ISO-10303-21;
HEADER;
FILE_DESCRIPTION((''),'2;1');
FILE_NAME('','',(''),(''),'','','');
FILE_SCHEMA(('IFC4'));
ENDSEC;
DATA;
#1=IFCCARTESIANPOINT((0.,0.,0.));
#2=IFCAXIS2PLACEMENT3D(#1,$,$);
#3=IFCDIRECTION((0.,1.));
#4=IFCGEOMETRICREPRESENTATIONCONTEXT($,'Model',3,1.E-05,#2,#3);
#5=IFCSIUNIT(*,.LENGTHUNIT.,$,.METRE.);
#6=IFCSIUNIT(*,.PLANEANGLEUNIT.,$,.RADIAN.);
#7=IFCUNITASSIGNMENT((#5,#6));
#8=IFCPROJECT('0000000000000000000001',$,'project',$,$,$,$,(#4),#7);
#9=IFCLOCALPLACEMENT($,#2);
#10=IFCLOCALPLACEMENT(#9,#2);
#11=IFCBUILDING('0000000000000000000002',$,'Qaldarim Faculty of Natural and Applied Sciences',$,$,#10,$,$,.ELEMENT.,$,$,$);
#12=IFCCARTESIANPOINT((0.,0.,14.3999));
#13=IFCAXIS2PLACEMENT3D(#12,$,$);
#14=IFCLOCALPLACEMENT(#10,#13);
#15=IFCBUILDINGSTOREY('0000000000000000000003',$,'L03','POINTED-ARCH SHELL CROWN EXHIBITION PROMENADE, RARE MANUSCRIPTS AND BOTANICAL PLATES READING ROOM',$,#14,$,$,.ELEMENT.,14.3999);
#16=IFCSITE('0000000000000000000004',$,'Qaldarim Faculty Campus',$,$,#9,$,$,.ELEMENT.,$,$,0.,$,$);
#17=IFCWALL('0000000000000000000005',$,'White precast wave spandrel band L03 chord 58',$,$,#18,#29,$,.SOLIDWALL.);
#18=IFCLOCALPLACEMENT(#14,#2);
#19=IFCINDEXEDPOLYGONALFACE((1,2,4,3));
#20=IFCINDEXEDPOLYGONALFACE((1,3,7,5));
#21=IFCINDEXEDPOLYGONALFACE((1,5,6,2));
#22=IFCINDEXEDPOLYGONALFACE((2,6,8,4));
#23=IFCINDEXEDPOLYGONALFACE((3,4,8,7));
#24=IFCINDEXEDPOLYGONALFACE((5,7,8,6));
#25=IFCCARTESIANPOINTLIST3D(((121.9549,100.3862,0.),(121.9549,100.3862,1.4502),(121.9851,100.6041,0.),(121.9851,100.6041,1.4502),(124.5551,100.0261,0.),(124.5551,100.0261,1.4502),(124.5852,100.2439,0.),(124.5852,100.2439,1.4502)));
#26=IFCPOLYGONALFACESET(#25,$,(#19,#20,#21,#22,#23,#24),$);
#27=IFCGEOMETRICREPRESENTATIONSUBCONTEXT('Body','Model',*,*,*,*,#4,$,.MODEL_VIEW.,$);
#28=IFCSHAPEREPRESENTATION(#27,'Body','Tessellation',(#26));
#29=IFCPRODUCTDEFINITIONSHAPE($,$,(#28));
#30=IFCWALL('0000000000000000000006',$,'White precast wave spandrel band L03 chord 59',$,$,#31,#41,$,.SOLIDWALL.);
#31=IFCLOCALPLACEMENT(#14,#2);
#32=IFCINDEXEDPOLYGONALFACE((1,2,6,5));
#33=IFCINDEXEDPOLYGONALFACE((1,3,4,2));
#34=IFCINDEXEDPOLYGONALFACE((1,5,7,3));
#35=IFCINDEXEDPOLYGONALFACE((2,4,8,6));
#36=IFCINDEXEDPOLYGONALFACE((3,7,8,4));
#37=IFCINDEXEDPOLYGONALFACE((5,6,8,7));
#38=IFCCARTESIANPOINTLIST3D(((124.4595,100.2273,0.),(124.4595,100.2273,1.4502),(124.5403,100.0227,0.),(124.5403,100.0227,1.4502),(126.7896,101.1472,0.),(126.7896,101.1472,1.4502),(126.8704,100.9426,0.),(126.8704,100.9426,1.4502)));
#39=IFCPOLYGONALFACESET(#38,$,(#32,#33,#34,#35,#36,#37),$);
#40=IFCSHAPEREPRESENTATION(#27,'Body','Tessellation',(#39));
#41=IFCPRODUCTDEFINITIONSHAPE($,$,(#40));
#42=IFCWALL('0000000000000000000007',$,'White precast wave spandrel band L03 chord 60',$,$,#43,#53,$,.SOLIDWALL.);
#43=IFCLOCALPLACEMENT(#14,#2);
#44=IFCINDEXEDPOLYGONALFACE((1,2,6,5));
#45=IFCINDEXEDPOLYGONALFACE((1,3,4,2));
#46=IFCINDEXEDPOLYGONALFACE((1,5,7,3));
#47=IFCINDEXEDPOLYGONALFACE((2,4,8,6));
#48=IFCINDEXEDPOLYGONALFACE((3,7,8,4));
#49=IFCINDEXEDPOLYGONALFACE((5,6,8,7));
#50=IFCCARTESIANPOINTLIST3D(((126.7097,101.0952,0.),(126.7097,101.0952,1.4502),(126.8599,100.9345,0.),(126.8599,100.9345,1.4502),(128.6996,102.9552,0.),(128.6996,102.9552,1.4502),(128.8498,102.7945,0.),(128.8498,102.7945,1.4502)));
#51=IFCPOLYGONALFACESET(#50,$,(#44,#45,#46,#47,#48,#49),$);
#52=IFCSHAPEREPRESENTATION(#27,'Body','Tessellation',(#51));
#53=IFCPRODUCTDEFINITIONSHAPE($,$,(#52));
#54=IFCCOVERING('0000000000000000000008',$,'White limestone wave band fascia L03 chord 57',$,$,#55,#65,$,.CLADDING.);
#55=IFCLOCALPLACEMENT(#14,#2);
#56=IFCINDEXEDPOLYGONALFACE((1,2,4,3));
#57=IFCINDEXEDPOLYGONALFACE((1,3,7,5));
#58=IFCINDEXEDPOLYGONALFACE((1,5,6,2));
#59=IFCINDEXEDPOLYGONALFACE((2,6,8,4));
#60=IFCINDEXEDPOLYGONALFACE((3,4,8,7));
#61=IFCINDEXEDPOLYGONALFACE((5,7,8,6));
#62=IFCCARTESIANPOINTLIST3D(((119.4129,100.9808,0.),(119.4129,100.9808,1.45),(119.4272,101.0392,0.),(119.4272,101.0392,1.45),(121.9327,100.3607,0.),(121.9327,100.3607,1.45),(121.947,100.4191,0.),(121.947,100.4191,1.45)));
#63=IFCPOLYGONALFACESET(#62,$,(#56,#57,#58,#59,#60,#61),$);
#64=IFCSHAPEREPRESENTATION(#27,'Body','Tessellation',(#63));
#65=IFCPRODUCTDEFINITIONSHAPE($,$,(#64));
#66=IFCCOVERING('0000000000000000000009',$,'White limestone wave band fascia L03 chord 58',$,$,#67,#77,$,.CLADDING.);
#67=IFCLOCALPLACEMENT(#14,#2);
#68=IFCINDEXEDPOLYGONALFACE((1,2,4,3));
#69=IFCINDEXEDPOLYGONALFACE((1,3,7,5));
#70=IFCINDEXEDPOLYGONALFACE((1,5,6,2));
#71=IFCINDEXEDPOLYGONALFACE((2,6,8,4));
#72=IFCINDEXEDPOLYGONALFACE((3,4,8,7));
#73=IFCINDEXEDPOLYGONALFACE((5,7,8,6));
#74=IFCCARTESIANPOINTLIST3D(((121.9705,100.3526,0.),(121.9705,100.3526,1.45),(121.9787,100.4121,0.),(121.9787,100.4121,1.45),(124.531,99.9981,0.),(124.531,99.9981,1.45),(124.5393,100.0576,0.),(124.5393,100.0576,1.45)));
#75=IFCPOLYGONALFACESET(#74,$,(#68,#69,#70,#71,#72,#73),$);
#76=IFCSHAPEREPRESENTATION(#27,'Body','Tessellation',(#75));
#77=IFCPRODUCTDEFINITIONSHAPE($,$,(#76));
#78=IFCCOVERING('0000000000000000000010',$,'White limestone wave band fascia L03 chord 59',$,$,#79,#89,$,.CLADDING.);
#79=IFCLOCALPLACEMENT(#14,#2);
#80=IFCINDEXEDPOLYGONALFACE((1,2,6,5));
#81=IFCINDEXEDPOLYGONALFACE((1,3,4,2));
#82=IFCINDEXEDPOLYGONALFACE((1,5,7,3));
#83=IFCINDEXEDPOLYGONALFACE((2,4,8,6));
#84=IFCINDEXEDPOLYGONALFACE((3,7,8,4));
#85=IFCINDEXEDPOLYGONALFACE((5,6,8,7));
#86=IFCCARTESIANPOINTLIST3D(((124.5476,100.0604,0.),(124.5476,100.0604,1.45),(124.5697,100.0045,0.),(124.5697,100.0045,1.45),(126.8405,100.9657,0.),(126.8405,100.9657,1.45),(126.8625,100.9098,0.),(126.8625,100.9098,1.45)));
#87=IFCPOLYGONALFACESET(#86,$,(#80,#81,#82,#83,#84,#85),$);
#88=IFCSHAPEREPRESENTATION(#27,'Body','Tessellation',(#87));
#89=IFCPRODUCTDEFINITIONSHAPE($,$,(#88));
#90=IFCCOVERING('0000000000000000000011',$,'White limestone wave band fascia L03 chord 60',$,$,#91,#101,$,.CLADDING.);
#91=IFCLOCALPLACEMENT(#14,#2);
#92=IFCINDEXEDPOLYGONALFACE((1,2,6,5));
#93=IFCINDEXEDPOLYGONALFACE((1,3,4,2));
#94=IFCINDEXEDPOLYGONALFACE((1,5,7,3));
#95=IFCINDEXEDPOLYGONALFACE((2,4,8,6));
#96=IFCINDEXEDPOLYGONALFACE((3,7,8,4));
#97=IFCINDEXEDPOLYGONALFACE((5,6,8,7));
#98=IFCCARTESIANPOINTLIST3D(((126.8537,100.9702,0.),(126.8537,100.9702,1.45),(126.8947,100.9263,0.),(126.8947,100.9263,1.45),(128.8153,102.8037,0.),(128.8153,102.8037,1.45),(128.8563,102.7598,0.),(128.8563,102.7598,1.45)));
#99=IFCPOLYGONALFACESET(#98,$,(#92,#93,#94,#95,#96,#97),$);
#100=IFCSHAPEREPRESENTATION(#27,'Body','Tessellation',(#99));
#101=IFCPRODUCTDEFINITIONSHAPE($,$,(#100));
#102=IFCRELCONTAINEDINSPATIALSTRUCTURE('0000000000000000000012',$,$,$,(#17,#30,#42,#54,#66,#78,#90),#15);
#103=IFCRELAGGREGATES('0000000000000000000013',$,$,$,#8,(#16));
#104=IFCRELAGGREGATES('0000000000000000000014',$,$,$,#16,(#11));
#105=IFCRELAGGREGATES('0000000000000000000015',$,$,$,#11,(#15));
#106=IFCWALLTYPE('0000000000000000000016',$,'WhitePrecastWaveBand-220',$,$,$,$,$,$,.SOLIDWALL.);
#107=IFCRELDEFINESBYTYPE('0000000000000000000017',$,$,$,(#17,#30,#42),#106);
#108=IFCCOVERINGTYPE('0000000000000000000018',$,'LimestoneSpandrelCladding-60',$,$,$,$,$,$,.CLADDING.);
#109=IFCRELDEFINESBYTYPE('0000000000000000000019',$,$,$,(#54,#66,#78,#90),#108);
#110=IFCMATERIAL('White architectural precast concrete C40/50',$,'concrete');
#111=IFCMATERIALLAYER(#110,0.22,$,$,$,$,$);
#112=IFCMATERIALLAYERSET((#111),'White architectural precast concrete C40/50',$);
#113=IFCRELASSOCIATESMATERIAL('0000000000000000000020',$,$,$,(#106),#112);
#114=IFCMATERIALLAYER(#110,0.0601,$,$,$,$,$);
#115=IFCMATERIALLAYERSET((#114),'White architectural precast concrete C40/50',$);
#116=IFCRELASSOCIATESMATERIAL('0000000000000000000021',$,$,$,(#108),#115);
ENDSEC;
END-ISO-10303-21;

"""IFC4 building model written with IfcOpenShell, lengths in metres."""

from ifc_helpers import new_model, si_unit, direction, frame, frame_2d, origin, origin_2d, place, context, subcontext, project, spatial, rectangle, extrude, material, layer, layer_set, type_object, element, save


model = new_model("IFC4")

# Units and contexts
model_context = context("Model", 3, precision=1e-05, world=origin(), true_north=direction((0.0, 1.0)))
body_context = subcontext(model_context, "Body", "Model", "MODEL_VIEW")
ifc_project = project(units=[si_unit("LENGTHUNIT", "METRE"), si_unit("PLANEANGLEUNIT", "RADIAN")], contexts=[model_context])

# Site, building, storey
site_placement = place(None, origin())
site = spatial("IfcSite", under=ifc_project, at=site_placement, Name="Qaldarim Faculty Campus", CompositionType="ELEMENT", RefElevation=0.0)
building_placement = place(site_placement, origin())
building = spatial("IfcBuilding", under=site, at=building_placement, Name="Qaldarim Faculty of Natural and Applied Sciences", CompositionType="ELEMENT")
storey_placement = place(building_placement, frame((0.0, 0.0, 14.3999)))
storey = spatial("IfcBuildingStorey", under=building, at=storey_placement, Name="L03", Description="POINTED-ARCH SHELL CROWN EXHIBITION PROMENADE, RARE MANUSCRIPTS AND BOTANICAL PLATES READING ROOM", CompositionType="ELEMENT", Elevation=14.3999)

# Walls
ifc_material_1 = material(Name="White architectural precast concrete C40/50", Category="concrete")
ifc_layer_1 = layer(ifc_material_1, 0.22)
ifc_layer_set_1 = layer_set([ifc_layer_1], Name="White architectural precast concrete C40/50")
wall_type = type_object("IfcWallType", Name="WhitePrecastWaveBand-220", PredefinedType="SOLIDWALL", material=ifc_layer_set_1)
wall_1_placement = place(storey_placement, frame((121.97, 100.4951, 0.0), z_axis=(0.0, 0.0, 1.0), x_axis=(0.990545, -0.137188, 0.0)))
element("IfcWall", 1, at=wall_1_placement, inside=storey, type_object=wall_type, Name="White precast wave spandrel band L03 chord 58", PredefinedType="SOLIDWALL", context=body_context, shape_type="SweptSolid", body=[
    extrude(rectangle(XDim=2.625, YDim=0.22, at=frame_2d((1.3125, 0.0))), origin(), (0.0, 0.0, 1.0), 1.4502),
])
wall_2_placement = place(storey_placement, frame((124.5, 100.125, 0.0), z_axis=(0.0, 0.0, 1.0), x_axis=(0.930134, 0.36722, 0.0)))
element("IfcWall", 2, at=wall_2_placement, inside=storey, type_object=wall_type, Name="White precast wave spandrel band L03 chord 59", PredefinedType="SOLIDWALL", context=body_context, shape_type="SweptSolid", body=[
    extrude(rectangle(XDim=2.5051, YDim=0.22, at=frame_2d((1.2524, 0.0))), origin(), (0.0, 0.0, 1.0), 1.4502),
])
wall_3_placement = place(storey_placement, frame((126.7849, 101.0149, 0.0), z_axis=(0.0, 0.0, 1.0), x_axis=(0.730545, 0.682864, 0.0)))
element("IfcWall", 3, at=wall_3_placement, inside=storey, type_object=wall_type, Name="White precast wave spandrel band L03 chord 60", PredefinedType="SOLIDWALL", context=body_context, shape_type="SweptSolid", body=[
    extrude(rectangle(XDim=2.7239, YDim=0.22, at=frame_2d((1.3618, 0.0))), origin(), (0.0, 0.0, 1.0), 1.4502),
])

# Coverings
ifc_layer_2 = layer(ifc_material_1, 0.0601)
ifc_layer_set_2 = layer_set([ifc_layer_2], Name="White architectural precast concrete C40/50")
covering_type = type_object("IfcCoveringType", Name="LimestoneSpandrelCladding-60", PredefinedType="CLADDING", material=ifc_layer_set_2)
covering_1_placement = place(storey_placement, frame((120.6799, 100.7, 0.0), z_axis=(0.0, 0.0, 1.0), x_axis=(0.97103, -0.238957, 0.0)))
element("IfcCovering", 4, at=covering_1_placement, inside=storey, type_object=covering_type, Name="White limestone wave band fascia L03 chord 57", PredefinedType="CLADDING", context=body_context, shape_type="SweptSolid", body=[
    extrude(rectangle(XDim=2.595, YDim=0.0601, at=origin_2d()), origin(), (0.0, 0.0, 1.0), 1.45),
])
covering_2_placement = place(storey_placement, frame((123.2549, 100.2051, 0.0), z_axis=(0.0, 0.0, 1.0), x_axis=(0.99055, -0.137151, 0.0)))
element("IfcCovering", 5, at=covering_2_placement, inside=storey, type_object=covering_type, Name="White limestone wave band fascia L03 chord 58", PredefinedType="CLADDING", context=body_context, shape_type="SweptSolid", body=[
    extrude(rectangle(XDim=2.585, YDim=0.0601, at=origin_2d()), origin(), (0.0, 0.0, 1.0), 1.45),
])
covering_3_placement = place(storey_placement, frame((125.7051, 100.4851, 0.0), z_axis=(0.0, 0.0, 1.0), x_axis=(0.930117, 0.367264, 0.0)))
element("IfcCovering", 6, at=covering_3_placement, inside=storey, type_object=covering_type, Name="White limestone wave band fascia L03 chord 59", PredefinedType="CLADDING", context=body_context, shape_type="SweptSolid", body=[
    extrude(rectangle(XDim=2.4651, YDim=0.0601, at=origin_2d()), origin(), (0.0, 0.0, 1.0), 1.45),
])
covering_4_placement = place(storey_placement, frame((127.855, 101.865, 0.0), z_axis=(0.0, 0.0, 1.0), x_axis=(0.730568, 0.68284, 0.0)))
element("IfcCovering", 7, at=covering_4_placement, inside=storey, type_object=covering_type, Name="White limestone wave band fascia L03 chord 60", PredefinedType="CLADDING", context=body_context, shape_type="SweptSolid", body=[
    extrude(rectangle(XDim=2.6851, YDim=0.0601, at=origin_2d()), origin(), (0.0, 0.0, 1.0), 1.45),
])

save(model, "model.ifc")
